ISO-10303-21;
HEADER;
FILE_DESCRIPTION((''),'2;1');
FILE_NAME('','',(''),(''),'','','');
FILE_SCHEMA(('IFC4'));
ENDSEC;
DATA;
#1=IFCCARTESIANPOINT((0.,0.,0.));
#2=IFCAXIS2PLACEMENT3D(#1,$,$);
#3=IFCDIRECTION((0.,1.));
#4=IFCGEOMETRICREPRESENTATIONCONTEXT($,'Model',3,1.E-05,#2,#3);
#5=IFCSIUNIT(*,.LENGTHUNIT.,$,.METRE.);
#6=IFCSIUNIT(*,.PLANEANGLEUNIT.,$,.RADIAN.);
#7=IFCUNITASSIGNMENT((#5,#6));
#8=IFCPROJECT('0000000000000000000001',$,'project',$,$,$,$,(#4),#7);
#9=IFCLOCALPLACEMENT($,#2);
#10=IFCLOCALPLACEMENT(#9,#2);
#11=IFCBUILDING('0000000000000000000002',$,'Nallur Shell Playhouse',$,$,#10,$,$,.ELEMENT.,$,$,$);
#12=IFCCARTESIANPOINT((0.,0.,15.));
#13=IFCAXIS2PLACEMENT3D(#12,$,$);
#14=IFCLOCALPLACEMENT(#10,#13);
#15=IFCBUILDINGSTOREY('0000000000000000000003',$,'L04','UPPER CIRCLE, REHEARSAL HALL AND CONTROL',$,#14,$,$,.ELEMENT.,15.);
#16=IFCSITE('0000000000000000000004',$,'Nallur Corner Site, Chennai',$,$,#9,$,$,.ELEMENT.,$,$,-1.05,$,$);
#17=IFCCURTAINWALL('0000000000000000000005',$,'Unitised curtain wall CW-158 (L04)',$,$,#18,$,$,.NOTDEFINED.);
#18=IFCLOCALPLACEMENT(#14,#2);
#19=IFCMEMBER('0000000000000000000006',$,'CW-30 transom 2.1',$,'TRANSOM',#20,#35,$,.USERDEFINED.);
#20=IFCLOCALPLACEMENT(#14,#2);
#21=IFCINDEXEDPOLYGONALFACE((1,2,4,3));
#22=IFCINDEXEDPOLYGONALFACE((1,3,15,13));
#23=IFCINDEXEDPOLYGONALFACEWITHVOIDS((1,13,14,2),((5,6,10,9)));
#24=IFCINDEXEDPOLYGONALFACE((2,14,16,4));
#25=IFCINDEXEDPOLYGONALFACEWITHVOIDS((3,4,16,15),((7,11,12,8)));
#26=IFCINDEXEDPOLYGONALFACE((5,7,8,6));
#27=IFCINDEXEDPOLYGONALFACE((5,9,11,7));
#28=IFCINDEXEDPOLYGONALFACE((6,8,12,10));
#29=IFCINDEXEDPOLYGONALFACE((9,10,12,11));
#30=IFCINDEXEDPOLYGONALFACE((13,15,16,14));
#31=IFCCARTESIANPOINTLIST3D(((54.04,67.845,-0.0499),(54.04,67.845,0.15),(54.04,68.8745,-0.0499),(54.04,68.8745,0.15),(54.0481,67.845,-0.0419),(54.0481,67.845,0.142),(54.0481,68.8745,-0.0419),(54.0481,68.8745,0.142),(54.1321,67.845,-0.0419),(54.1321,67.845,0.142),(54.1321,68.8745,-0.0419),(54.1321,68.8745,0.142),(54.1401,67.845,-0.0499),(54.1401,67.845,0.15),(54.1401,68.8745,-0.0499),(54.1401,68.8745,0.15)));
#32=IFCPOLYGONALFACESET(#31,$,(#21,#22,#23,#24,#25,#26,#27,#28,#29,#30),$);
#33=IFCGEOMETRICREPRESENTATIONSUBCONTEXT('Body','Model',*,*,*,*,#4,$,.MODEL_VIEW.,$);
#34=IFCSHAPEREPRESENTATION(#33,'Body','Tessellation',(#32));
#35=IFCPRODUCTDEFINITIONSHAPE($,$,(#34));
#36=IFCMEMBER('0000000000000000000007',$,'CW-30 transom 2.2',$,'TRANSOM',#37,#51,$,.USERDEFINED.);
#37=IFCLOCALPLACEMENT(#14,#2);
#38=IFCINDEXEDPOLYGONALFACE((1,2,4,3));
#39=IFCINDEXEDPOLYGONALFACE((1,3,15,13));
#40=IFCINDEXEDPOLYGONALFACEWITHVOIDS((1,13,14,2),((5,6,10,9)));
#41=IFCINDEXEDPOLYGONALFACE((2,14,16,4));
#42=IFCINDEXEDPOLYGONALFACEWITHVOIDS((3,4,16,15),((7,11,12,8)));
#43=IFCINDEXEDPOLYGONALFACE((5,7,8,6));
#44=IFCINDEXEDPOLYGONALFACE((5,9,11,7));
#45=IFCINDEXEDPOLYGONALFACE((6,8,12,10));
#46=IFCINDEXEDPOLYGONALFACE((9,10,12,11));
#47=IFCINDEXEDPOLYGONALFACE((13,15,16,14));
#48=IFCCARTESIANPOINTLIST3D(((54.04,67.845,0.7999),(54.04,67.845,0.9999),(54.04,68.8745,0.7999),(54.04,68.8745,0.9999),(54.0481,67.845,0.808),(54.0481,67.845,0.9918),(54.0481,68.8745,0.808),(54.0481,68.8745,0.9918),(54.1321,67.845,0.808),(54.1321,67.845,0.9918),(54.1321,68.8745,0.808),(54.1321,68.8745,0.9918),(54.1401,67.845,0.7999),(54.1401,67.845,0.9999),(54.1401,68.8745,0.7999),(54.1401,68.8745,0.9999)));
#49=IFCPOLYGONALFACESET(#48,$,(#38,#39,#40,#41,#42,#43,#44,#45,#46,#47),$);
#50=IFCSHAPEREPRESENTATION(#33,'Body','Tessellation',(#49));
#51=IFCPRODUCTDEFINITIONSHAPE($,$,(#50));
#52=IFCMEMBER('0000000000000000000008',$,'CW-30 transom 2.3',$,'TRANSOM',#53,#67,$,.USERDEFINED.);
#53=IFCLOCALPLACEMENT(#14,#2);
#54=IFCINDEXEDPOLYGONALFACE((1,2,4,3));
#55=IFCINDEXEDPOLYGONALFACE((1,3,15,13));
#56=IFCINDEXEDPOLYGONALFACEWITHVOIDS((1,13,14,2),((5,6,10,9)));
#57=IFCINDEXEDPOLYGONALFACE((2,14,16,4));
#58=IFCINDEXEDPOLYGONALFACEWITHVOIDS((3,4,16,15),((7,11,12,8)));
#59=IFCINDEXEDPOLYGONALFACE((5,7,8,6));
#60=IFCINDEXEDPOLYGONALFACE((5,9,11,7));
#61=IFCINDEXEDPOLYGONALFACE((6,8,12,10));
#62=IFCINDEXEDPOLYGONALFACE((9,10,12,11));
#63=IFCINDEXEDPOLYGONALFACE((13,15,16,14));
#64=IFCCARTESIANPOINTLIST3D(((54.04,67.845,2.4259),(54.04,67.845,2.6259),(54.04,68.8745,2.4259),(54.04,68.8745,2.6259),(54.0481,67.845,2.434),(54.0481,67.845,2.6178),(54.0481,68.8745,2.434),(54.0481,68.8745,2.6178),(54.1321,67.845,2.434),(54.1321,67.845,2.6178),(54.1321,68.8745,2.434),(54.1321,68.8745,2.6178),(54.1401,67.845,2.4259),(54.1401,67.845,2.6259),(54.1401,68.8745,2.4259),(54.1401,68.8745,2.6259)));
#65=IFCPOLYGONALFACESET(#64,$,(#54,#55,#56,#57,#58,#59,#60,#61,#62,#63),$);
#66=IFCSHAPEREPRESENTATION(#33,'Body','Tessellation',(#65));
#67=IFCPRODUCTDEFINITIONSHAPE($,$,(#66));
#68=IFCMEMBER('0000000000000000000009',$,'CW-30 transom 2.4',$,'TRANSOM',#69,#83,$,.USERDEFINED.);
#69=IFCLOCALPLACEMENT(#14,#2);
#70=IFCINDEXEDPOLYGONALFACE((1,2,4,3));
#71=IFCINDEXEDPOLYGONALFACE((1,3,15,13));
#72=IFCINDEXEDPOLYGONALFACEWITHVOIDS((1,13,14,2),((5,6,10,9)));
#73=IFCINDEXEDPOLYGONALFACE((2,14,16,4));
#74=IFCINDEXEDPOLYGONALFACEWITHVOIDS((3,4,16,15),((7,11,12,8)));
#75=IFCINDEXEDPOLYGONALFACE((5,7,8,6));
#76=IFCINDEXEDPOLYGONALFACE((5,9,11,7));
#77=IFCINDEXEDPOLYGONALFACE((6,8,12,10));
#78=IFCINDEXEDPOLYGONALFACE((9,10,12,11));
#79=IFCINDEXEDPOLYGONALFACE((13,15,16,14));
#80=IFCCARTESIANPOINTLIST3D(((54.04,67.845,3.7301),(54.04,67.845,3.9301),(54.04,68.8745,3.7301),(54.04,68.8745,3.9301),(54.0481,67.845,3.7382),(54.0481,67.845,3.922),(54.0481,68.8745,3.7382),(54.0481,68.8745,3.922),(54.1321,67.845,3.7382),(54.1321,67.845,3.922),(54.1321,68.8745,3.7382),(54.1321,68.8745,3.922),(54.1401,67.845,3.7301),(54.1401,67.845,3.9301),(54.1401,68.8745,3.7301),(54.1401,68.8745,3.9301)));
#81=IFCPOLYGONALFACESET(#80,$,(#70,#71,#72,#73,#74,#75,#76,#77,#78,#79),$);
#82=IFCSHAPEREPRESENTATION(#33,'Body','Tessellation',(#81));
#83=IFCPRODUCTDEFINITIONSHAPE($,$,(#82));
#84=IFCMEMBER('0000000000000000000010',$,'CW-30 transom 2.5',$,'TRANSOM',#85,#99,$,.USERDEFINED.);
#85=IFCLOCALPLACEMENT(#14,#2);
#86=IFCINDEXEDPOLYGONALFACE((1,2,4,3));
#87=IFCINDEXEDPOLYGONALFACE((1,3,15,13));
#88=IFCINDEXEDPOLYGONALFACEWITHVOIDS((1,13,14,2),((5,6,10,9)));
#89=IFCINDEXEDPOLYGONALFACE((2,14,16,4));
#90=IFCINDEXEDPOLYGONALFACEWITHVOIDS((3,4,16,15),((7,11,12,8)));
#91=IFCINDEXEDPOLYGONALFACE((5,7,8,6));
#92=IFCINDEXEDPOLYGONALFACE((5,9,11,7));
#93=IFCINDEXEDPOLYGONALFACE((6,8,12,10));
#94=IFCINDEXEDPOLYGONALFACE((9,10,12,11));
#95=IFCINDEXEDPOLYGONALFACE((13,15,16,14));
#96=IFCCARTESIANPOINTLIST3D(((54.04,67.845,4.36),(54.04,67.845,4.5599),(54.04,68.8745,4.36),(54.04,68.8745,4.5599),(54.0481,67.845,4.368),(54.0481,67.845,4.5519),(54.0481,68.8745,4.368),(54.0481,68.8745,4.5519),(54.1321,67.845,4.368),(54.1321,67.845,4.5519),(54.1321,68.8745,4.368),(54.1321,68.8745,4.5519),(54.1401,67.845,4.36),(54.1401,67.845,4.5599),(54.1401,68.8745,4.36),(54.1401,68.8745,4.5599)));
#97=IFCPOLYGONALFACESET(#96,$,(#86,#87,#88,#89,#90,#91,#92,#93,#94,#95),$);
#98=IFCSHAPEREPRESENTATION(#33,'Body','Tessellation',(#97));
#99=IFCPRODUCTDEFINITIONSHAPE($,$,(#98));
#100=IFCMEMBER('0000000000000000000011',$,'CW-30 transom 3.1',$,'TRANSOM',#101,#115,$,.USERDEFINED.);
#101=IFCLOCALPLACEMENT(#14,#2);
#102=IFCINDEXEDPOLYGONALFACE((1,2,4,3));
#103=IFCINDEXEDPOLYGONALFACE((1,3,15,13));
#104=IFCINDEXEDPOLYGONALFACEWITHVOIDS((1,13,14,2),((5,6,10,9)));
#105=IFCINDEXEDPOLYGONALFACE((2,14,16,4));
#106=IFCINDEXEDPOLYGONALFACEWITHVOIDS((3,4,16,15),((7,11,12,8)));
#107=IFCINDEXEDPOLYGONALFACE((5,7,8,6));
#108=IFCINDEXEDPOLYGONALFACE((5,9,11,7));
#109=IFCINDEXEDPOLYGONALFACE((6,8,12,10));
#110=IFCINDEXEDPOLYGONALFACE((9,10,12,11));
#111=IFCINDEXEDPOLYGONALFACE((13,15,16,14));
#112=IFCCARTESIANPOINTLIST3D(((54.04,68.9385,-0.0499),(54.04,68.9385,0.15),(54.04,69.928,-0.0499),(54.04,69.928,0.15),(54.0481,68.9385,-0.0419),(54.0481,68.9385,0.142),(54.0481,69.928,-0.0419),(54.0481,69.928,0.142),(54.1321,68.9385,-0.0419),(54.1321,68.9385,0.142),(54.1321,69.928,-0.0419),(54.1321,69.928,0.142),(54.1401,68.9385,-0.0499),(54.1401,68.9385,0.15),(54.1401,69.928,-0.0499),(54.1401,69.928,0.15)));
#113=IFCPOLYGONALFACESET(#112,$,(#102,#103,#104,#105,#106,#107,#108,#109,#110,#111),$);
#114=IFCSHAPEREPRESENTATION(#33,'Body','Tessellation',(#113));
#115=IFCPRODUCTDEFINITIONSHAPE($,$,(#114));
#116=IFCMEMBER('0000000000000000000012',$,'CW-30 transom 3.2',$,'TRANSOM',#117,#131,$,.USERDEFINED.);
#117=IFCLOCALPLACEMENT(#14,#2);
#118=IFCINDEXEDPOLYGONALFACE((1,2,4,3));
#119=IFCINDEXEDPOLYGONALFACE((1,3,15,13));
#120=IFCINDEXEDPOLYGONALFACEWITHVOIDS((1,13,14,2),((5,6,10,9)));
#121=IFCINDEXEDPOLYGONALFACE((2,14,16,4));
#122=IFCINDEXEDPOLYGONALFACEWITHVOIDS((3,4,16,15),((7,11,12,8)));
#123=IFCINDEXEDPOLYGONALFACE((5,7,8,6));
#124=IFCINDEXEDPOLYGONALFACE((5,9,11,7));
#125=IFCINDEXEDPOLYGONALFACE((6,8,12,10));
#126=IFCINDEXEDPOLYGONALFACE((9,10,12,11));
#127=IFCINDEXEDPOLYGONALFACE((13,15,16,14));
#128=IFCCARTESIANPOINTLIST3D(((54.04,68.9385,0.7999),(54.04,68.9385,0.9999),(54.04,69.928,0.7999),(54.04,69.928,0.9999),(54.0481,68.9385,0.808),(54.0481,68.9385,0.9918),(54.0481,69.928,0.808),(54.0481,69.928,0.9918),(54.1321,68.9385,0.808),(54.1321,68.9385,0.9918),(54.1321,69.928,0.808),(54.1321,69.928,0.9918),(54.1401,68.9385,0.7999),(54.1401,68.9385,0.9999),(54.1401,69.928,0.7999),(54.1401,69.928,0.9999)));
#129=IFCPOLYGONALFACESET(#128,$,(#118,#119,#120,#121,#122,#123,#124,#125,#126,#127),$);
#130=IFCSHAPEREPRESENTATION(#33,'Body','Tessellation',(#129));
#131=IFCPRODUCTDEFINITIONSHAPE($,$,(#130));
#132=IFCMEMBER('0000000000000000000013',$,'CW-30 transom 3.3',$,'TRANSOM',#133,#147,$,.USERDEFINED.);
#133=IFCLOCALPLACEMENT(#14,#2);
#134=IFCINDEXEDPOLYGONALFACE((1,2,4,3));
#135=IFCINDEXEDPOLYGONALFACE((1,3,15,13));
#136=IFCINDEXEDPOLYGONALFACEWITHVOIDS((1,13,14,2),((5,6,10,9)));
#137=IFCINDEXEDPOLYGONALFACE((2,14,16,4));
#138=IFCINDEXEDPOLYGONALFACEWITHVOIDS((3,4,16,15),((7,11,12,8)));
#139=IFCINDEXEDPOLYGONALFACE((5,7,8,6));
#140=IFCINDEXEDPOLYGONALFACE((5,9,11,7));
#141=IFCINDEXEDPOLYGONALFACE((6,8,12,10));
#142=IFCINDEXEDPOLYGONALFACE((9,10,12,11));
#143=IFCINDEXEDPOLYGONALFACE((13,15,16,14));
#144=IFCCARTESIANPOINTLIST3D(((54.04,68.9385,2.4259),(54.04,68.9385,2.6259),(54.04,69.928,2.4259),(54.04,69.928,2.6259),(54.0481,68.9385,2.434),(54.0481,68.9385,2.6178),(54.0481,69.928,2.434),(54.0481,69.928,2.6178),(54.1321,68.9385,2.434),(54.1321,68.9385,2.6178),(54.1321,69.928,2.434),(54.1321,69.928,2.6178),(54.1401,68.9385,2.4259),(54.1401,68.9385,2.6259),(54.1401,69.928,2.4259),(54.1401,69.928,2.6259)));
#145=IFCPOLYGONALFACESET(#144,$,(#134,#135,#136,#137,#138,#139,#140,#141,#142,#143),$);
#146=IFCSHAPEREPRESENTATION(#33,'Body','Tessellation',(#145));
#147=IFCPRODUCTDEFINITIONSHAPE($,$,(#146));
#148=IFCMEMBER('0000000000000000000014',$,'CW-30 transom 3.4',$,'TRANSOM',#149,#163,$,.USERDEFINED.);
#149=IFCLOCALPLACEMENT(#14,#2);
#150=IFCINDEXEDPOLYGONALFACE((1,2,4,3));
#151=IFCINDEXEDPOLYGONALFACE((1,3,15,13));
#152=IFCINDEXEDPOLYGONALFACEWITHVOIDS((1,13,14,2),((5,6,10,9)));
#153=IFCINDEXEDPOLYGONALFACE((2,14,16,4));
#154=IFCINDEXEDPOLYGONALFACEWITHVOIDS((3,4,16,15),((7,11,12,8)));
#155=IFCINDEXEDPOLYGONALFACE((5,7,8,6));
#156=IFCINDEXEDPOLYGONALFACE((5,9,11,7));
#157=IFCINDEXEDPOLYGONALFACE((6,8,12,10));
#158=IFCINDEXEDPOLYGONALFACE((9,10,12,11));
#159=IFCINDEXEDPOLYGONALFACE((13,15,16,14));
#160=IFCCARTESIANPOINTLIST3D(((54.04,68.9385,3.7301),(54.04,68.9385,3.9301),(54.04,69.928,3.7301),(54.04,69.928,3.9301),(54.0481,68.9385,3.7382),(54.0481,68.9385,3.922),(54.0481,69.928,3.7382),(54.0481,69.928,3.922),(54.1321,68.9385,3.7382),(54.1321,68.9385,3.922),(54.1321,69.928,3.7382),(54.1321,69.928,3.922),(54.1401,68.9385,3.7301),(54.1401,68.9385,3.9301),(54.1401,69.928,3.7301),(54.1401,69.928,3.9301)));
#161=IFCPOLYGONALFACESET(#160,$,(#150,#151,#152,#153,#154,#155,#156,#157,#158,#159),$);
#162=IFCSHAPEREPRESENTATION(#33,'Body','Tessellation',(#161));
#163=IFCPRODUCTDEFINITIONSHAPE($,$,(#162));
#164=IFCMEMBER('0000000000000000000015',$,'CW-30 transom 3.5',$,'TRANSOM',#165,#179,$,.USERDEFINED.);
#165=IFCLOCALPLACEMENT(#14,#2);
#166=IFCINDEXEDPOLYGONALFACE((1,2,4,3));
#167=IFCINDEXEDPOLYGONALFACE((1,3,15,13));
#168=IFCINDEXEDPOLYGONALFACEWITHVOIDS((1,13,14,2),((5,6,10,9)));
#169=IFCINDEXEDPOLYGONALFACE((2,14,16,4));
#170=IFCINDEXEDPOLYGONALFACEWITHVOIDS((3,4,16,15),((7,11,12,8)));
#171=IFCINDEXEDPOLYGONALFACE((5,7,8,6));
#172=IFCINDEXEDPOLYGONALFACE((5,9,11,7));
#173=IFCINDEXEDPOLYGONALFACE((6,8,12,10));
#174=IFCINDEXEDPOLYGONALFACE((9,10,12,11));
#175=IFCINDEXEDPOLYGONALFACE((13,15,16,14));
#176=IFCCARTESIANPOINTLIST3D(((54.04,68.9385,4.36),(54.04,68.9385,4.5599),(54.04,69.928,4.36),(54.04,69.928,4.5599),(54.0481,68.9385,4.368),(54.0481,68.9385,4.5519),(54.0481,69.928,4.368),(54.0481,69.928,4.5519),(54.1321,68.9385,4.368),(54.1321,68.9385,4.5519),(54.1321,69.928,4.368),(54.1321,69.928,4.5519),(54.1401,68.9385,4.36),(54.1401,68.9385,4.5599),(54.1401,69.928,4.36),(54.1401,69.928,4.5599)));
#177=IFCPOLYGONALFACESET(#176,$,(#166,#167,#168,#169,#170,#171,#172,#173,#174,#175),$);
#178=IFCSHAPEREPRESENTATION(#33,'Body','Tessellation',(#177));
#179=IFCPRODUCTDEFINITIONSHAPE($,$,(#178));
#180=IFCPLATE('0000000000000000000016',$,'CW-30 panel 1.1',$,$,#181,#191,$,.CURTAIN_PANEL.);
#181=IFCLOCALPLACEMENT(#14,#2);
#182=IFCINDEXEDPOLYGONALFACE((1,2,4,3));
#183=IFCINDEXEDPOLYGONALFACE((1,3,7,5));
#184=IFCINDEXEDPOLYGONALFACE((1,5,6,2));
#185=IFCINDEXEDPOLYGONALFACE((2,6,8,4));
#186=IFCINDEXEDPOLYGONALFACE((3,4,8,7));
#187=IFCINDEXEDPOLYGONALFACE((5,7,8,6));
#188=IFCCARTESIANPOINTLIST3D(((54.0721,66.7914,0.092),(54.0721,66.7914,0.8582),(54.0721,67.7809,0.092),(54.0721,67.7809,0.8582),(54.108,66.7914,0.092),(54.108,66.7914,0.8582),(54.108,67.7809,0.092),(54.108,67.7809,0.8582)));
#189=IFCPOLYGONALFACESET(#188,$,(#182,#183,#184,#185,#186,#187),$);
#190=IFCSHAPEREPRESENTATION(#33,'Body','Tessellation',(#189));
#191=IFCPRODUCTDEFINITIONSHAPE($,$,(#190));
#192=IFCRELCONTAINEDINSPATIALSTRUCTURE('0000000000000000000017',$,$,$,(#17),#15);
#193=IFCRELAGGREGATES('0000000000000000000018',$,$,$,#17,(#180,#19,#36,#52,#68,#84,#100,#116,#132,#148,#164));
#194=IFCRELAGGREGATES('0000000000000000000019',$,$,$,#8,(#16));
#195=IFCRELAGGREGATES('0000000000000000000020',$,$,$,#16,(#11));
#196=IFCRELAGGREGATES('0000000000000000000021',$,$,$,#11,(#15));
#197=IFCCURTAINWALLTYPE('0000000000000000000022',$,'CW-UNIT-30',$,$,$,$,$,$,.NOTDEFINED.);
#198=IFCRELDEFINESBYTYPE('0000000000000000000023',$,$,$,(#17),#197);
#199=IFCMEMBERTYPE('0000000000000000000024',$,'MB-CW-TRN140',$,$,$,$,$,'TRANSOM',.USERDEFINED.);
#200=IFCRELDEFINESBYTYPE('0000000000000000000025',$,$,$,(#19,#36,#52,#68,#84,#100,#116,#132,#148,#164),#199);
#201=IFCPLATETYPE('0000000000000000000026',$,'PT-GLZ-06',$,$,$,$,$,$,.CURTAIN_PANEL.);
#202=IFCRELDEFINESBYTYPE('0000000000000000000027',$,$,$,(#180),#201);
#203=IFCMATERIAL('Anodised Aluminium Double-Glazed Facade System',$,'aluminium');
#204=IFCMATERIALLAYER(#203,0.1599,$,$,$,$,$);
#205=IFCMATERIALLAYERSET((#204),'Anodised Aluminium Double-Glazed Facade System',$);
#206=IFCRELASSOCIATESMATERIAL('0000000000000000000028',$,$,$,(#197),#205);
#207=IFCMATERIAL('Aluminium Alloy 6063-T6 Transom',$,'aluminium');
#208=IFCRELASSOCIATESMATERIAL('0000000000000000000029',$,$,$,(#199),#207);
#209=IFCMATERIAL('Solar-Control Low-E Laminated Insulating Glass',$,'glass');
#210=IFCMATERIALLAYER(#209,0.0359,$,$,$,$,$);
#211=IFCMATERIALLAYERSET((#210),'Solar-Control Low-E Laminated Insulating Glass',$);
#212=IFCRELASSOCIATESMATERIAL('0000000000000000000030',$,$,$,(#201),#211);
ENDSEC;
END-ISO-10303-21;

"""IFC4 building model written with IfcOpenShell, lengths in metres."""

from ifc_helpers import new_model, si_unit, direction, frame, origin, origin_2d, place, context, subcontext, project, spatial, rectangle, hollow_rectangle, extrude, material, layer, layer_set, material_profile, profile_set, type_object, element, aggregate, save


model = new_model("IFC4")

# Units and contexts
model_context = context("Model", 3, precision=1e-05, world=origin(), true_north=direction((0.0, 1.0)))
body_context = subcontext(model_context, "Body", "Model", "MODEL_VIEW")
ifc_project = project(units=[si_unit("LENGTHUNIT", "METRE"), si_unit("PLANEANGLEUNIT", "RADIAN")], contexts=[model_context])

# Site, building, storey
site_placement = place(None, origin())
site = spatial("IfcSite", under=ifc_project, at=site_placement, Name="Nallur Corner Site, Chennai", CompositionType="ELEMENT", RefElevation=-1.05)
building_placement = place(site_placement, origin())
building = spatial("IfcBuilding", under=site, at=building_placement, Name="Nallur Shell Playhouse", CompositionType="ELEMENT")
storey_placement = place(building_placement, frame((0.0, 0.0, 15.0)))
storey = spatial("IfcBuildingStorey", under=building, at=storey_placement, Name="L04", Description="UPPER CIRCLE, REHEARSAL HALL AND CONTROL", CompositionType="ELEMENT", Elevation=15.0)

# Curtain wall
ifc_material_1 = material(Name="Anodised Aluminium Double-Glazed Facade System", Category="aluminium")
ifc_layer_1 = layer(ifc_material_1, 0.1599)
ifc_layer_set_1 = layer_set([ifc_layer_1], Name="Anodised Aluminium Double-Glazed Facade System")
curtain_wall_type_1 = type_object("IfcCurtainWallType", Name="CW-UNIT-30", PredefinedType="NOTDEFINED", material=ifc_layer_set_1)
curtain_wall_1_placement = place(storey_placement, origin())
curtain_wall_1 = element("IfcCurtainWall", 1, at=curtain_wall_1_placement, inside=storey, type_object=curtain_wall_type_1, Name="Unitised curtain wall CW-158 (L04)", PredefinedType="NOTDEFINED")

# Members
ifc_material_2 = material(Name="Aluminium Alloy 6063-T6 Transom", Category="aluminium")
ifc_material_profile_1 = material_profile(ifc_material_2, hollow_rectangle(XDim=0.1001, YDim=0.2, WallThickness=0.0081, at=origin_2d()), Name="RHS 200x100x8")
ifc_profile_set_1 = profile_set([ifc_material_profile_1], Name="Aluminium Alloy 6063-T6 Transom")
member_type_1 = type_object("IfcMemberType", Name="MB-CW-TRN140", ElementType="TRANSOM", PredefinedType="USERDEFINED", material=ifc_profile_set_1)
member_1_placement = place(storey_placement, frame((54.0901, 67.845, 0.05), z_axis=(0.0, 1.0, 0.0), x_axis=(-1.0, 0.0, 0.0)))
member_1 = element("IfcMember", 2, at=member_1_placement, type_object=member_type_1, Name="CW-30 transom 2.1", ObjectType="TRANSOM", PredefinedType="USERDEFINED", context=body_context, shape_type="SweptSolid", body=[
    extrude(hollow_rectangle(XDim=0.1001, YDim=0.2, WallThickness=0.0081, at=origin_2d()), origin(), (0.0, 0.0, 1.0), 1.0295),
])
member_2_placement = place(storey_placement, frame((54.0901, 67.845, 0.8999), z_axis=(0.0, 1.0, 0.0), x_axis=(-1.0, 0.0, 0.0)))
member_2 = element("IfcMember", 3, at=member_2_placement, type_object=member_type_1, Name="CW-30 transom 2.2", ObjectType="TRANSOM", PredefinedType="USERDEFINED", context=body_context, shape_type="SweptSolid", body=[
    extrude(hollow_rectangle(XDim=0.1001, YDim=0.2, WallThickness=0.0081, at=origin_2d()), origin(), (0.0, 0.0, 1.0), 1.0295),
])
member_3_placement = place(storey_placement, frame((54.0901, 67.845, 2.5259), z_axis=(0.0, 1.0, 0.0), x_axis=(-1.0, 0.0, 0.0)))
member_3 = element("IfcMember", 4, at=member_3_placement, type_object=member_type_1, Name="CW-30 transom 2.3", ObjectType="TRANSOM", PredefinedType="USERDEFINED", context=body_context, shape_type="SweptSolid", body=[
    extrude(hollow_rectangle(XDim=0.1001, YDim=0.2, WallThickness=0.0081, at=origin_2d()), origin(), (0.0, 0.0, 1.0), 1.0295),
])
member_4_placement = place(storey_placement, frame((54.0901, 67.845, 3.8301), z_axis=(0.0, 1.0, 0.0), x_axis=(-1.0, 0.0, 0.0)))
member_4 = element("IfcMember", 5, at=member_4_placement, type_object=member_type_1, Name="CW-30 transom 2.4", ObjectType="TRANSOM", PredefinedType="USERDEFINED", context=body_context, shape_type="SweptSolid", body=[
    extrude(hollow_rectangle(XDim=0.1001, YDim=0.2, WallThickness=0.0081, at=origin_2d()), origin(), (0.0, 0.0, 1.0), 1.0295),
])
member_5_placement = place(storey_placement, frame((54.0901, 67.845, 4.46), z_axis=(0.0, 1.0, 0.0), x_axis=(-1.0, 0.0, 0.0)))
member_5 = element("IfcMember", 6, at=member_5_placement, type_object=member_type_1, Name="CW-30 transom 2.5", ObjectType="TRANSOM", PredefinedType="USERDEFINED", context=body_context, shape_type="SweptSolid", body=[
    extrude(hollow_rectangle(XDim=0.1001, YDim=0.2, WallThickness=0.0081, at=origin_2d()), origin(), (0.0, 0.0, 1.0), 1.0295),
])
member_6_placement = place(storey_placement, frame((54.0901, 68.9385, 0.05), z_axis=(0.0, 1.0, 0.0), x_axis=(-1.0, 0.0, 0.0)))
member_6 = element("IfcMember", 7, at=member_6_placement, type_object=member_type_1, Name="CW-30 transom 3.1", ObjectType="TRANSOM", PredefinedType="USERDEFINED", context=body_context, shape_type="SweptSolid", body=[
    extrude(hollow_rectangle(XDim=0.1001, YDim=0.2, WallThickness=0.0081, at=origin_2d()), origin(), (0.0, 0.0, 1.0), 0.9895),
])
member_7_placement = place(storey_placement, frame((54.0901, 68.9385, 0.8999), z_axis=(0.0, 1.0, 0.0), x_axis=(-1.0, 0.0, 0.0)))
member_7 = element("IfcMember", 8, at=member_7_placement, type_object=member_type_1, Name="CW-30 transom 3.2", ObjectType="TRANSOM", PredefinedType="USERDEFINED", context=body_context, shape_type="SweptSolid", body=[
    extrude(hollow_rectangle(XDim=0.1001, YDim=0.2, WallThickness=0.0081, at=origin_2d()), origin(), (0.0, 0.0, 1.0), 0.9895),
])
member_8_placement = place(storey_placement, frame((54.0901, 68.9385, 2.5259), z_axis=(0.0, 1.0, 0.0), x_axis=(-1.0, 0.0, 0.0)))
member_8 = element("IfcMember", 9, at=member_8_placement, type_object=member_type_1, Name="CW-30 transom 3.3", ObjectType="TRANSOM", PredefinedType="USERDEFINED", context=body_context, shape_type="SweptSolid", body=[
    extrude(hollow_rectangle(XDim=0.1001, YDim=0.2, WallThickness=0.0081, at=origin_2d()), origin(), (0.0, 0.0, 1.0), 0.9895),
])
member_9_placement = place(storey_placement, frame((54.0901, 68.9385, 3.8301), z_axis=(0.0, 1.0, 0.0), x_axis=(-1.0, 0.0, 0.0)))
member_9 = element("IfcMember", 10, at=member_9_placement, type_object=member_type_1, Name="CW-30 transom 3.4", ObjectType="TRANSOM", PredefinedType="USERDEFINED", context=body_context, shape_type="SweptSolid", body=[
    extrude(hollow_rectangle(XDim=0.1001, YDim=0.2, WallThickness=0.0081, at=origin_2d()), origin(), (0.0, 0.0, 1.0), 0.9895),
])
member_10_placement = place(storey_placement, frame((54.0901, 68.9385, 4.46), z_axis=(0.0, 1.0, 0.0), x_axis=(-1.0, 0.0, 0.0)))
member_10 = element("IfcMember", 11, at=member_10_placement, type_object=member_type_1, Name="CW-30 transom 3.5", ObjectType="TRANSOM", PredefinedType="USERDEFINED", context=body_context, shape_type="SweptSolid", body=[
    extrude(hollow_rectangle(XDim=0.1001, YDim=0.2, WallThickness=0.0081, at=origin_2d()), origin(), (0.0, 0.0, 1.0), 0.9895),
])

# Plate
ifc_material_3 = material(Name="Solar-Control Low-E Laminated Insulating Glass", Category="glass")
ifc_layer_2 = layer(ifc_material_3, 0.0359)
ifc_layer_set_2 = layer_set([ifc_layer_2], Name="Solar-Control Low-E Laminated Insulating Glass")
plate_type = type_object("IfcPlateType", Name="PT-GLZ-06", PredefinedType="CURTAIN_PANEL", material=ifc_layer_set_2)
plate_1_placement = place(storey_placement, frame((54.0901, 67.2861, 0.092), z_axis=(0.0, 0.0, 1.0), x_axis=(0.0, 1.0, 0.0)))
plate_1 = element("IfcPlate", 12, at=plate_1_placement, type_object=plate_type, Name="CW-30 panel 1.1", PredefinedType="CURTAIN_PANEL", context=body_context, shape_type="SweptSolid", body=[
    extrude(rectangle(XDim=0.9895, YDim=0.0359, at=origin_2d()), origin(), (0.0, 0.0, 1.0), 0.7661),
])
aggregate(curtain_wall_1, [plate_1, member_1, member_2, member_3, member_4, member_5, member_6, member_7, member_8, member_9, member_10])

save(model, "model.ifc")
